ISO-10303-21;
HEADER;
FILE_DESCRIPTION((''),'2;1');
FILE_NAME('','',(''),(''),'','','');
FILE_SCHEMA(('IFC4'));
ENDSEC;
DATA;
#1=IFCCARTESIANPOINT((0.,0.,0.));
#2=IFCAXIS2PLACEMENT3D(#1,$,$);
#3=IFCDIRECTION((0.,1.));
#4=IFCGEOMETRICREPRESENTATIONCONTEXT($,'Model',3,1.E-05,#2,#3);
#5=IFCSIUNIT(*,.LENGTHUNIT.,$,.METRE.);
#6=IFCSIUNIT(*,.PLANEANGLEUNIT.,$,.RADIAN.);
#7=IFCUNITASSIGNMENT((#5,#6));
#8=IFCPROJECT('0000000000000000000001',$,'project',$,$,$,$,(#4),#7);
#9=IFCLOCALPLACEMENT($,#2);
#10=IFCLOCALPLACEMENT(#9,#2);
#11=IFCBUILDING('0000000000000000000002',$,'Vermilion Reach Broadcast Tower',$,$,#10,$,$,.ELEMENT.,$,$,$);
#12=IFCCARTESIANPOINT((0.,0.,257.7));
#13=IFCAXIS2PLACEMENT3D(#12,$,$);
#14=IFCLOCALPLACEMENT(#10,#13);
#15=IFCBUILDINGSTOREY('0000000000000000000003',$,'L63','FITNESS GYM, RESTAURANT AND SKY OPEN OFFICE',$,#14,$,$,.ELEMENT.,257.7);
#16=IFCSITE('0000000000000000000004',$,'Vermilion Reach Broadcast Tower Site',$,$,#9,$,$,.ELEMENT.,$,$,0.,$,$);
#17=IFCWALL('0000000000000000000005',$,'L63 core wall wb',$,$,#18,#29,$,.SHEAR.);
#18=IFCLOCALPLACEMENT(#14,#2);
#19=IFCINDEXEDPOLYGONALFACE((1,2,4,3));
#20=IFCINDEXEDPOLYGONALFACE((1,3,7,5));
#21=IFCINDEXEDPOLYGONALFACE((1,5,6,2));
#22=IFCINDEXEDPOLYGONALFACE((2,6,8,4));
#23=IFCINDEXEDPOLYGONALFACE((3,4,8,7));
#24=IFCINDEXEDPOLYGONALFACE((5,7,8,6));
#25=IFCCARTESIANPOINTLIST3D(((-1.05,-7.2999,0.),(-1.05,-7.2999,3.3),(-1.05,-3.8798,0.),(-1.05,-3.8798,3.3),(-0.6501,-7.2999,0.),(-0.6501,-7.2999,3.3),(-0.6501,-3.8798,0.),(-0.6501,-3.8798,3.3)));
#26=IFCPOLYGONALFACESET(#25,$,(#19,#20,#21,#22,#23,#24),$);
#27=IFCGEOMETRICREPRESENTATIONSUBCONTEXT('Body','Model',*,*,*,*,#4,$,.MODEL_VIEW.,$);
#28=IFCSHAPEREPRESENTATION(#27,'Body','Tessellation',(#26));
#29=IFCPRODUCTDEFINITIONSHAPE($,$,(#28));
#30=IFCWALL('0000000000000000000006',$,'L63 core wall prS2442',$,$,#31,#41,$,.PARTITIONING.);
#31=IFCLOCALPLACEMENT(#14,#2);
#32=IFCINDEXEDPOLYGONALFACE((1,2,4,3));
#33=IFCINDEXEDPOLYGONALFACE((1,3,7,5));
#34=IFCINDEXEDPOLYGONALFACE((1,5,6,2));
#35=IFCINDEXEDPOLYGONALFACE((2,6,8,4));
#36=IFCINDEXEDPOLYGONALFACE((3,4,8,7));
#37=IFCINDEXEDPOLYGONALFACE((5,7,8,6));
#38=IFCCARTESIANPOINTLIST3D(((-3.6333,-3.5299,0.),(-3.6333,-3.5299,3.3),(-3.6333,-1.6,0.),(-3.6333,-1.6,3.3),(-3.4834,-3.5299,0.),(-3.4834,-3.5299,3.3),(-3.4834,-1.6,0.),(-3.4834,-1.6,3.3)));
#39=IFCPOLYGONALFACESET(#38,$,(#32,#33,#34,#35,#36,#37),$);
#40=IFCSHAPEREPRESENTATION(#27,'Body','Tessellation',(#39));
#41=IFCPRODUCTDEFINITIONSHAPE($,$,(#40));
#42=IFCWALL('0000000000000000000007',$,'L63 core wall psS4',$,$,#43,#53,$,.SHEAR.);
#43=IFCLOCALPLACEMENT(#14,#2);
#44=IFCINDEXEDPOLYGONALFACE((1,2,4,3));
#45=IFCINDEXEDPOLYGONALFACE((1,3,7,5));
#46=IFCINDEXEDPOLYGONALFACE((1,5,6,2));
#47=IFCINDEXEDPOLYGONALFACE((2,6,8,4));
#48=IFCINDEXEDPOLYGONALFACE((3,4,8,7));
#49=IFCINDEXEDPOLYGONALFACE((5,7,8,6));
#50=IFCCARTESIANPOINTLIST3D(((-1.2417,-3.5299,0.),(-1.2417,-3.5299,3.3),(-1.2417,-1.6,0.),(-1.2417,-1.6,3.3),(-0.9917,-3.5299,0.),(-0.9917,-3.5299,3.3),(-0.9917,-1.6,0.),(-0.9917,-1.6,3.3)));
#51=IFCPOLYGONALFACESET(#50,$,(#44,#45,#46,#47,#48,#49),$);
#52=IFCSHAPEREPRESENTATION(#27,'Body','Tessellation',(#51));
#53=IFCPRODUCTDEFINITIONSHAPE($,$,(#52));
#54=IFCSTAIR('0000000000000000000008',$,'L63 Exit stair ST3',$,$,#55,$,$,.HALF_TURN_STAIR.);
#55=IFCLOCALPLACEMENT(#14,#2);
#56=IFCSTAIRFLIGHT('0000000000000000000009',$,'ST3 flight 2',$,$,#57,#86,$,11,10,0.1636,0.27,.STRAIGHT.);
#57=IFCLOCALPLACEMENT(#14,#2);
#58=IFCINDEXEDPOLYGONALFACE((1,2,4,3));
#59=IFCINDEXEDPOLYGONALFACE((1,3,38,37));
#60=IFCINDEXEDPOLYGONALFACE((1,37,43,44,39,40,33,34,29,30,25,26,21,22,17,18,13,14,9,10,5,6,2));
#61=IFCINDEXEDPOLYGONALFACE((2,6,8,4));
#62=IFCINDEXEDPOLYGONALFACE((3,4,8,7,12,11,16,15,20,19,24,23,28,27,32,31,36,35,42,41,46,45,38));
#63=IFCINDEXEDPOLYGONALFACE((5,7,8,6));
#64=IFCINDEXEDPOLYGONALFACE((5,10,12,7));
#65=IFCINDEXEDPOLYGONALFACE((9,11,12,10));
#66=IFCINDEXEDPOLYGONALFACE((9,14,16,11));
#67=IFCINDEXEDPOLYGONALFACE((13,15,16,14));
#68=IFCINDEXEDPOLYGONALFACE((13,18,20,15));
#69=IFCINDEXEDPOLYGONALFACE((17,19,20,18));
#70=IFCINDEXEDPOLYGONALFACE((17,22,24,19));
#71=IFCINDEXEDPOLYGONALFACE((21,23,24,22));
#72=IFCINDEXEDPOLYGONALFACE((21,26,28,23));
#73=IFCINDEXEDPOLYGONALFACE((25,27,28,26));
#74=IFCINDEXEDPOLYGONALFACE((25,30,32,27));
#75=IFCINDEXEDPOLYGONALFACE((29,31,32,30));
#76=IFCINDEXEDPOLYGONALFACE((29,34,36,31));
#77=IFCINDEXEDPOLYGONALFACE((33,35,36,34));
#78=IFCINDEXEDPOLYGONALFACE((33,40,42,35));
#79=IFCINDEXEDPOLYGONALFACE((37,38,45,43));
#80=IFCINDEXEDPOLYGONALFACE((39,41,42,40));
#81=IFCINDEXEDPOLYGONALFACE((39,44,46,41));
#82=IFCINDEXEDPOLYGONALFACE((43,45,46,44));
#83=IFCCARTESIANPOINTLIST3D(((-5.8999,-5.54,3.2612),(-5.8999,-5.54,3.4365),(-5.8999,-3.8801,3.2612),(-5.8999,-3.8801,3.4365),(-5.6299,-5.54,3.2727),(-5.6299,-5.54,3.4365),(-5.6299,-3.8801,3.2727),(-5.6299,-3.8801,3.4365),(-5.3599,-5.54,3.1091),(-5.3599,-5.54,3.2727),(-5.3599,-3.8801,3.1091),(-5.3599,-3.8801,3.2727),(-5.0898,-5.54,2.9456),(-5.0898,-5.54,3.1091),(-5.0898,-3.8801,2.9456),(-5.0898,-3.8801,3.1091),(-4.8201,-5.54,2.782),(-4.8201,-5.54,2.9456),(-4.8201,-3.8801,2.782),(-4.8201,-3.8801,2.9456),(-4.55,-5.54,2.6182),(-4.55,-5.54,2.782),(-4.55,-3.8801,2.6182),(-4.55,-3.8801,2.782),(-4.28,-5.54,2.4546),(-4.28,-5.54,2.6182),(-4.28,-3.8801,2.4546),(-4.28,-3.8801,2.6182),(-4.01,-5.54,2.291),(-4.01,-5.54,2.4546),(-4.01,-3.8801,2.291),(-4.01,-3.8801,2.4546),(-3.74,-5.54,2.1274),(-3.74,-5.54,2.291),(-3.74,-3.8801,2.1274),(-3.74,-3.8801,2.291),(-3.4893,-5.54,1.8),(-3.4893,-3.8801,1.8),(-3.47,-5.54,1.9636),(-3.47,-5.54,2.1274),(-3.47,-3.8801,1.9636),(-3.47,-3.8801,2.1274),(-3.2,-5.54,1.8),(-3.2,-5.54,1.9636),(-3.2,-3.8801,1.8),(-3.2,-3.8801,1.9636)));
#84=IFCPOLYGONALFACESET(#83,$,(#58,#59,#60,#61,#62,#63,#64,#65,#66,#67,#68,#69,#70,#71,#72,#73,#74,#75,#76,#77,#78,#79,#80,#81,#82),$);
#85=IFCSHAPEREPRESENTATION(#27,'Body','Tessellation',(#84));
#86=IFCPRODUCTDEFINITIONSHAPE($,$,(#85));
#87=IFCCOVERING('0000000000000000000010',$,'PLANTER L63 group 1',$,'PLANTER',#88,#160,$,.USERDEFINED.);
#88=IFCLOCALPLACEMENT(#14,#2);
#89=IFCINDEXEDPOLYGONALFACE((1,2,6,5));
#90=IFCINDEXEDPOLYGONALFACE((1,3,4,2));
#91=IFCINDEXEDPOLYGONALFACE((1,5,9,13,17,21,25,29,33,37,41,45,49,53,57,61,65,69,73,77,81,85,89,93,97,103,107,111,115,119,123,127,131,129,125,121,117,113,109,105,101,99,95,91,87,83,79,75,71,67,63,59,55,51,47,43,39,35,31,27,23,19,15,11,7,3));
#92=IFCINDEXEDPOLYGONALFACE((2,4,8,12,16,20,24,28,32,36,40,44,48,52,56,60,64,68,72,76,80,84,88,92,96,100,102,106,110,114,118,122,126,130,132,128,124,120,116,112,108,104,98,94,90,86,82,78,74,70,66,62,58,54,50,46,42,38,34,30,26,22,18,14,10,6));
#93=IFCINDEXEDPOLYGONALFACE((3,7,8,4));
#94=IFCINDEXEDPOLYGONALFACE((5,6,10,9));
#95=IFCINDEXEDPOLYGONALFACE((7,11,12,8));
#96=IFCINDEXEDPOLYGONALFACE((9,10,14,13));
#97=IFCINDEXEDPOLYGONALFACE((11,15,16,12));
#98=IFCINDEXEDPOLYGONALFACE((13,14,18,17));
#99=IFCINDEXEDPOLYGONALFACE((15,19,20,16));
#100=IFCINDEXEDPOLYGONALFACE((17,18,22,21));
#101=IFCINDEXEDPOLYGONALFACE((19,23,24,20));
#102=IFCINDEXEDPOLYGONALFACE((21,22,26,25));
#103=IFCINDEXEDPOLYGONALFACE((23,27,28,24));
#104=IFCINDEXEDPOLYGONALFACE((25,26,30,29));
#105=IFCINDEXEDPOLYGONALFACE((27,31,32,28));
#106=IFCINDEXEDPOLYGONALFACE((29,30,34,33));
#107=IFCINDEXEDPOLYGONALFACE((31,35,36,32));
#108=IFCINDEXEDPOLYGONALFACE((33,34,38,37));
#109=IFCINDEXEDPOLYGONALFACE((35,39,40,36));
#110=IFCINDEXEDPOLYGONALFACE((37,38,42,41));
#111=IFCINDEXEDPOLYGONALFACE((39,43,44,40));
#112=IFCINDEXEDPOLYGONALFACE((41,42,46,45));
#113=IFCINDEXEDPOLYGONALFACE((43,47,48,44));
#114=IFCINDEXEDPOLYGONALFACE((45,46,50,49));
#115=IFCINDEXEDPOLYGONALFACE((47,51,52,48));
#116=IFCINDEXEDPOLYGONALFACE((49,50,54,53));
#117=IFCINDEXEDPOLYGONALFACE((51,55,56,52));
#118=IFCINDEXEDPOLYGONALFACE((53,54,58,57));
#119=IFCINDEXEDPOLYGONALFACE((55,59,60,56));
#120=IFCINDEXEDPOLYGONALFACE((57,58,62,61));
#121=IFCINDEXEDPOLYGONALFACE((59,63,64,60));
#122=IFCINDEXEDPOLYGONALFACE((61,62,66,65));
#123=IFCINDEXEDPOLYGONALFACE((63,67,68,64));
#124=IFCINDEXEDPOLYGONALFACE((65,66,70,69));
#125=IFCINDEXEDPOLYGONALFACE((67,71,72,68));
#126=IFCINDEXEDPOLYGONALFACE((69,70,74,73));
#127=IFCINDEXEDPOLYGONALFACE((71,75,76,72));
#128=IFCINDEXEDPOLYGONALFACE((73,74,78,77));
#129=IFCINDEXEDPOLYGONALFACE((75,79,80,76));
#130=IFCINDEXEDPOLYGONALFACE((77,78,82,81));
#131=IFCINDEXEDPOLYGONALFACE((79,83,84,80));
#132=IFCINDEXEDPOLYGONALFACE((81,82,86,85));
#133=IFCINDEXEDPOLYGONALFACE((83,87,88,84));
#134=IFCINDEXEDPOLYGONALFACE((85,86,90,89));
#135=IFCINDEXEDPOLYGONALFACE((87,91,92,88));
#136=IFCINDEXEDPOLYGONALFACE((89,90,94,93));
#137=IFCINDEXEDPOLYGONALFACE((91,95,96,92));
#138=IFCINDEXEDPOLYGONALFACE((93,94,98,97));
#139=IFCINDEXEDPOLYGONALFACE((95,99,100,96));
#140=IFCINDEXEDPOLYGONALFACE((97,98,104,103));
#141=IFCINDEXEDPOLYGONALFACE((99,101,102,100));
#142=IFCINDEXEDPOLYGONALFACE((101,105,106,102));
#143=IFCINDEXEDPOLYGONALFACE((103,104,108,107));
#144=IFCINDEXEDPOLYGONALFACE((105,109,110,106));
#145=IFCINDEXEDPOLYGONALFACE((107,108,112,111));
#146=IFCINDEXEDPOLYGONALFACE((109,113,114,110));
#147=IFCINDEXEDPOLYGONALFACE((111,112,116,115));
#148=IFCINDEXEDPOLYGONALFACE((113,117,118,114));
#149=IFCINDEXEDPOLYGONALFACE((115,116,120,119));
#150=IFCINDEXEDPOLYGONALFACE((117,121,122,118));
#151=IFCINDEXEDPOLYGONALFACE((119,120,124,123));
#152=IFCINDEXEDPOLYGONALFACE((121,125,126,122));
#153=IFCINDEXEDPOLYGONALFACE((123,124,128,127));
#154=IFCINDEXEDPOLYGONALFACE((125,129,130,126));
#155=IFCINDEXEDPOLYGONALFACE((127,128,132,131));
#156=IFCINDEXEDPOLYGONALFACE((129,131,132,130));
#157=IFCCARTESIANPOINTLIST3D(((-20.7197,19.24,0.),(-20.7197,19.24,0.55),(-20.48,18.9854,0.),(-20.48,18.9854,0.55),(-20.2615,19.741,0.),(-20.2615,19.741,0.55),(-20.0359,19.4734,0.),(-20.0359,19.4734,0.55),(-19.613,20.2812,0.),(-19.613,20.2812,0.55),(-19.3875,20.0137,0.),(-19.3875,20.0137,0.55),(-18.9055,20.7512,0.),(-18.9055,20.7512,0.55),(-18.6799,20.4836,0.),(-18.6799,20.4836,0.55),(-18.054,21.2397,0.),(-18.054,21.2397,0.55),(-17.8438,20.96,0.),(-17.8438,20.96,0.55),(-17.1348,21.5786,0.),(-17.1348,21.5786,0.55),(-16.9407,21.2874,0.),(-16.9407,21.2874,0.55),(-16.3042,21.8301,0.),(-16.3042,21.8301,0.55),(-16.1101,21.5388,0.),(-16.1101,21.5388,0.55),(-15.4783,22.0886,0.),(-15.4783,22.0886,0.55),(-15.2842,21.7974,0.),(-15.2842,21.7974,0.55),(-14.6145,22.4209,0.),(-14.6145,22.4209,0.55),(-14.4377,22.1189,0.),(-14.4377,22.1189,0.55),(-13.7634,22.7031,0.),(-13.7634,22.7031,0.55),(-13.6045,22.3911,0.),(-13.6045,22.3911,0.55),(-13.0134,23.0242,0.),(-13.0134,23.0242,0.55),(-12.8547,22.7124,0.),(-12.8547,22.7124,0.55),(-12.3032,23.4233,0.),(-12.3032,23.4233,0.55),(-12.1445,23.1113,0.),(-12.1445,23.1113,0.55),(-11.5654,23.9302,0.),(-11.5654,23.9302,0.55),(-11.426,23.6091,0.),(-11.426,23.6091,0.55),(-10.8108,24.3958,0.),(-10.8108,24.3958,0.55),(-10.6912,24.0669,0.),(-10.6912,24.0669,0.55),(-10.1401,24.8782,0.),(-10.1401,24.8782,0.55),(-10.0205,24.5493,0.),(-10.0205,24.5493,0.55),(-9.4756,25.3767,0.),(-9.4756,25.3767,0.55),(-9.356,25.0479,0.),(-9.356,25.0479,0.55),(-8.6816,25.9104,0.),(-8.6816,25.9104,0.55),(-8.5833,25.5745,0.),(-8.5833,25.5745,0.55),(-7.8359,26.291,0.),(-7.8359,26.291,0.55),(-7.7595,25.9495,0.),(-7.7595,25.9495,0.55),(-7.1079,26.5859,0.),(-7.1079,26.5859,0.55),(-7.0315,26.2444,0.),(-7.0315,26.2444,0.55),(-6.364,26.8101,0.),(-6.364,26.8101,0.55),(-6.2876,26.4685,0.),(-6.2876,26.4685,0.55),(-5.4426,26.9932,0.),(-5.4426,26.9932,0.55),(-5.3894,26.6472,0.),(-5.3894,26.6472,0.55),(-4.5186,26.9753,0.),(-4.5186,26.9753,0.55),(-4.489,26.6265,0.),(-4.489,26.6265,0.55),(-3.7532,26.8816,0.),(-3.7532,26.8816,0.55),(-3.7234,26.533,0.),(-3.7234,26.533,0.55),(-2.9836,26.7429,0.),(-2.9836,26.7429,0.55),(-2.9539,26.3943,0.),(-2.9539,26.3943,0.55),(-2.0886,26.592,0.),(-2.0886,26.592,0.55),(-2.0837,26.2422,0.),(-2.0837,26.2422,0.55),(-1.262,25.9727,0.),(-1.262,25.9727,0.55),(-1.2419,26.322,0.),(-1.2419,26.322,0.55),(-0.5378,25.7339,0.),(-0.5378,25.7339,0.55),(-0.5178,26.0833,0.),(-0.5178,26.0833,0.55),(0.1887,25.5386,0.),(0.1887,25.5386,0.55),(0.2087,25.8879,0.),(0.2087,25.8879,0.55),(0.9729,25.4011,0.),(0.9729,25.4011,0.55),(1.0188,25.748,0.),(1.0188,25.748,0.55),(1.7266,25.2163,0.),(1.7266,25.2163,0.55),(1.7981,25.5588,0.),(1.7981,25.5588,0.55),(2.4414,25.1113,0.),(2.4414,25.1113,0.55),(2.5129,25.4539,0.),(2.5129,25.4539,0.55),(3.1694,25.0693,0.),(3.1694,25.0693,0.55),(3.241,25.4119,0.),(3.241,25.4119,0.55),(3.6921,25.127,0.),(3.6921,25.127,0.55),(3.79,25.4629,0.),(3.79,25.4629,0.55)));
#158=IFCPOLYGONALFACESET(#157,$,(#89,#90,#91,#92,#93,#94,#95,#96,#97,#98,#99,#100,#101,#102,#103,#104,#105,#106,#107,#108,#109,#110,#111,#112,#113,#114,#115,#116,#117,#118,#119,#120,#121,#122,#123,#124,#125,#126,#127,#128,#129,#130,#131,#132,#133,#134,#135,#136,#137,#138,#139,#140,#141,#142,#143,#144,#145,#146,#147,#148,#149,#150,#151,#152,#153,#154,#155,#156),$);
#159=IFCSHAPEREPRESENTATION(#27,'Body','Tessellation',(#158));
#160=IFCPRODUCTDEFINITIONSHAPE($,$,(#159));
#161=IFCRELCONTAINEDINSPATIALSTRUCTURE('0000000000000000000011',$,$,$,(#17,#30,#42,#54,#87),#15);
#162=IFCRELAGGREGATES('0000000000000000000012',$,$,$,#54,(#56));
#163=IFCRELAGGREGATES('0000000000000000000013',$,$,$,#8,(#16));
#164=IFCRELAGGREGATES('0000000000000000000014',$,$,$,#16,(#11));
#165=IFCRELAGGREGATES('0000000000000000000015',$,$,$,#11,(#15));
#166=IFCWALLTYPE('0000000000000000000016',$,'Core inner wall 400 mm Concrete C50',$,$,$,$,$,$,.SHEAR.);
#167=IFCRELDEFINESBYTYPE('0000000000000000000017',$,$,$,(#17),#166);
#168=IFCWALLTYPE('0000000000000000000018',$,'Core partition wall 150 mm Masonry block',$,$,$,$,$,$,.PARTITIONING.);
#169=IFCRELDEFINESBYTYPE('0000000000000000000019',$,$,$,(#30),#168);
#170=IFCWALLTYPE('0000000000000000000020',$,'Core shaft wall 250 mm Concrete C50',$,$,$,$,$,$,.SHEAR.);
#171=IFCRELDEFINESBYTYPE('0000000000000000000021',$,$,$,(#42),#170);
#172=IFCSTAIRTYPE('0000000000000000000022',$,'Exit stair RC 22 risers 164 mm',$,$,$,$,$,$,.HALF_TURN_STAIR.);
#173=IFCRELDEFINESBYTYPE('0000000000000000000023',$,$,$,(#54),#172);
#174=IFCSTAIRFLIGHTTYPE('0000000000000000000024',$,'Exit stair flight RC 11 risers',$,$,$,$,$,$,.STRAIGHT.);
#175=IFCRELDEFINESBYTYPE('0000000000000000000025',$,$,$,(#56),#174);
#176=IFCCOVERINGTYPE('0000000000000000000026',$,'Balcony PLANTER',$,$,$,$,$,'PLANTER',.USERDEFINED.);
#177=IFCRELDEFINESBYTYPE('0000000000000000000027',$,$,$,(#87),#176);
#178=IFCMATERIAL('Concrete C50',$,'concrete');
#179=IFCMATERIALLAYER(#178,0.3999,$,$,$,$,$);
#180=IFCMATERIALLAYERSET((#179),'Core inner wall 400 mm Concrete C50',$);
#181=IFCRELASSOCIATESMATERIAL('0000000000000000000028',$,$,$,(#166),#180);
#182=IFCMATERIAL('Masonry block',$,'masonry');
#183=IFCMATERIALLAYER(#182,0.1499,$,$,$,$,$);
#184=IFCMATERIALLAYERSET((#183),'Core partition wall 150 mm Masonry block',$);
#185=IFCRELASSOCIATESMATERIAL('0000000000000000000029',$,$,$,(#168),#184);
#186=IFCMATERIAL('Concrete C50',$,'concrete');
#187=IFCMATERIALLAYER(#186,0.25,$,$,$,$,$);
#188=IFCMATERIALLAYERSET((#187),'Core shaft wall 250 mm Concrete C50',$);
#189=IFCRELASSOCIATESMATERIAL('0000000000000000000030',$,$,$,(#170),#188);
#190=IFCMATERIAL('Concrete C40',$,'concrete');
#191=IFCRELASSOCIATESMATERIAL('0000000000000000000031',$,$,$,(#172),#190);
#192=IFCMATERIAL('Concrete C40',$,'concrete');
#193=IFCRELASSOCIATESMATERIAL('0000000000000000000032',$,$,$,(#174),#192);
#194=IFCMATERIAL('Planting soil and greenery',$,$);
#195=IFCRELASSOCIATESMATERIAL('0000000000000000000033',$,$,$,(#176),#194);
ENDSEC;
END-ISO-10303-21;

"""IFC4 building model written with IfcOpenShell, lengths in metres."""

from ifc_helpers import new_model, si_unit, direction, frame, frame_2d, origin, place, context, subcontext, project, spatial, polyline, rectangle, outline, extrude, material, layer, layer_set, type_object, element, aggregate, save


model = new_model("IFC4")

# Units and contexts
model_context = context("Model", 3, precision=1e-05, world=origin(), true_north=direction((0.0, 1.0)))
body_context = subcontext(model_context, "Body", "Model", "MODEL_VIEW")
ifc_project = project(units=[si_unit("LENGTHUNIT", "METRE"), si_unit("PLANEANGLEUNIT", "RADIAN")], contexts=[model_context])

# Site, building, storey
site_placement = place(None, origin())
site = spatial("IfcSite", under=ifc_project, at=site_placement, Name="Vermilion Reach Broadcast Tower Site", CompositionType="ELEMENT", RefElevation=0.0)
building_placement = place(site_placement, origin())
building = spatial("IfcBuilding", under=site, at=building_placement, Name="Vermilion Reach Broadcast Tower", CompositionType="ELEMENT")
storey_placement = place(building_placement, frame((0.0, 0.0, 257.7)))
storey = spatial("IfcBuildingStorey", under=building, at=storey_placement, Name="L63", Description="FITNESS GYM, RESTAURANT AND SKY OPEN OFFICE", CompositionType="ELEMENT", Elevation=257.7)

# Walls
ifc_material_1 = material(Name="Concrete C50", Category="concrete")
ifc_layer_1 = layer(ifc_material_1, 0.3999)
ifc_layer_set_1 = layer_set([ifc_layer_1], Name="Core inner wall 400 mm Concrete C50")
wall_type_1 = type_object("IfcWallType", Name="Core inner wall 400 mm Concrete C50", PredefinedType="SHEAR", material=ifc_layer_set_1)
wall_1_placement = place(storey_placement, frame((-0.8501, -3.8799, 0.0), z_axis=(0.0, 0.0, 1.0), x_axis=(0.0, -1.0, 0.0)))
element("IfcWall", 1, at=wall_1_placement, inside=storey, type_object=wall_type_1, Name="L63 core wall wb", PredefinedType="SHEAR", context=body_context, shape_type="SweptSolid", body=[
    extrude(rectangle(XDim=3.4202, YDim=0.3999, at=frame_2d((1.71, 0.0))), origin(), (0.0, 0.0, 1.0), 3.3),
])
ifc_material_2 = material(Name="Masonry block", Category="masonry")
ifc_layer_2 = layer(ifc_material_2, 0.1499)
ifc_layer_set_2 = layer_set([ifc_layer_2], Name="Core partition wall 150 mm Masonry block")
wall_type_2 = type_object("IfcWallType", Name="Core partition wall 150 mm Masonry block", PredefinedType="PARTITIONING", material=ifc_layer_set_2)
wall_2_placement = place(storey_placement, frame((-3.5583, -1.6001, 0.0), z_axis=(0.0, 0.0, 1.0), x_axis=(0.0, -1.0, 0.0)))
element("IfcWall", 2, at=wall_2_placement, inside=storey, type_object=wall_type_2, Name="L63 core wall prS2442", PredefinedType="PARTITIONING", context=body_context, shape_type="SweptSolid", body=[
    extrude(rectangle(XDim=1.9299, YDim=0.1499, at=frame_2d((0.9648, 0.0))), origin(), (0.0, 0.0, 1.0), 3.3),
])
ifc_material_3 = material(Name="Concrete C50", Category="concrete")
ifc_layer_3 = layer(ifc_material_3, 0.25)
ifc_layer_set_3 = layer_set([ifc_layer_3], Name="Core shaft wall 250 mm Concrete C50")
wall_type_3 = type_object("IfcWallType", Name="Core shaft wall 250 mm Concrete C50", PredefinedType="SHEAR", material=ifc_layer_set_3)
wall_3_placement = place(storey_placement, frame((-1.1167, -1.6001, 0.0), z_axis=(0.0, 0.0, 1.0), x_axis=(0.0, -1.0, 0.0)))
element("IfcWall", 3, at=wall_3_placement, inside=storey, type_object=wall_type_3, Name="L63 core wall psS4", PredefinedType="SHEAR", context=body_context, shape_type="SweptSolid", body=[
    extrude(rectangle(XDim=1.9299, YDim=0.25, at=frame_2d((0.9648, 0.0))), origin(), (0.0, 0.0, 1.0), 3.3),
])

# Stair, stair flight
ifc_material_4 = material(Name="Concrete C40", Category="concrete")
stair_type = type_object("IfcStairType", Name="Exit stair RC 22 risers 164 mm", PredefinedType="HALF_TURN_STAIR", material=ifc_material_4)
placement_1 = place(storey_placement, origin())
stair = element("IfcStair", 4, at=placement_1, inside=storey, type_object=stair_type, Name="L63 Exit stair ST3", PredefinedType="HALF_TURN_STAIR")
ifc_material_5 = material(Name="Concrete C40", Category="concrete")
stair_flight_type = type_object("IfcStairFlightType", Name="Exit stair flight RC 11 risers", PredefinedType="STRAIGHT", material=ifc_material_5)
stair_flight_placement = place(storey_placement, frame((-3.2, -4.71, 1.8), z_axis=(0.0, 0.0, 1.0), x_axis=(-1.0, 0.0, 0.0)))
stair_flight = element("IfcStairFlight", 5, at=stair_flight_placement, type_object=stair_flight_type, Name="ST3 flight 2", NumberOfRisers=11, NumberOfTreads=10, PredefinedType="STRAIGHT", RiserHeight=0.1636, TreadLength=0.27, context=body_context, shape_type="SweptSolid", body=[
    extrude(outline(polyline([(0.0, 0.0), (0.0, 0.1636), (0.27, 0.1636), (0.27, 0.3274), (0.54, 0.3274), (0.54, 0.491), (0.8101, 0.491), (0.8101, 0.6545), (1.0801, 0.6545), (1.0801, 0.8181), (1.3501, 0.8181), (1.3501, 0.9819), (1.6201, 0.9819), (1.6201, 1.1455), (1.8899, 1.1455), (1.8899, 1.3091), (2.1599, 1.3091), (2.1599, 1.4727), (2.4299, 1.4727), (2.4299, 1.6365), (2.7, 1.6365), (2.7, 1.8), (2.7, 1.4612), (0.2893, 0.0), (0.0, 0.0)])), frame((0.0, 0.8301, 0.0), z_axis=(0.0, -1.0, 0.0), x_axis=(1.0, 0.0, 0.0)), (0.0, 0.0, 1.0), 1.6599),
])
aggregate(stair, [stair_flight])

# Covering
ifc_material_6 = material(Name="Planting soil and greenery")
covering_type = type_object("IfcCoveringType", Name="Balcony PLANTER", ElementType="PLANTER", PredefinedType="USERDEFINED", material=ifc_material_6)
element("IfcCovering", 6, at=placement_1, inside=storey, type_object=covering_type, Name="PLANTER L63 group 1", ObjectType="PLANTER", PredefinedType="USERDEFINED", context=body_context, shape_type="SweptSolid", body=[
    extrude(outline(polyline([(3.79, 25.4629), (3.241, 25.4119), (2.5129, 25.4539), (1.7981, 25.5588), (1.0188, 25.748), (0.2087, 25.8879), (-0.5178, 26.0833), (-1.2419, 26.322), (-2.0886, 26.592), (-2.9836, 26.7429), (-3.7532, 26.8816), (-4.5186, 26.9753), (-5.4426, 26.9932), (-6.364, 26.8101), (-7.1079, 26.5859), (-7.8359, 26.291), (-8.6816, 25.9104), (-9.4756, 25.3767), (-10.1401, 24.8782), (-10.8108, 24.3958), (-11.5654, 23.9302), (-12.3032, 23.4233), (-13.0134, 23.0242), (-13.7634, 22.7031), (-14.6145, 22.4209), (-15.4783, 22.0886), (-16.3042, 21.8301), (-17.1348, 21.5786), (-18.054, 21.2397), (-18.9055, 20.7512), (-19.613, 20.2812), (-20.2615, 19.741), (-20.7197, 19.24), (-20.48, 18.9854), (-20.0359, 19.4734), (-19.3875, 20.0137), (-18.6799, 20.4836), (-17.8438, 20.96), (-16.9407, 21.2874), (-16.1101, 21.5388), (-15.2842, 21.7974), (-14.4377, 22.1189), (-13.6045, 22.3911), (-12.8547, 22.7124), (-12.1445, 23.1113), (-11.426, 23.6091), (-10.6912, 24.0669), (-10.0205, 24.5493), (-9.356, 25.0479), (-8.5833, 25.5745), (-7.7595, 25.9495), (-7.0315, 26.2444), (-6.2876, 26.4685), (-5.3894, 26.6472), (-4.489, 26.6265), (-3.7234, 26.533), (-2.9539, 26.3943), (-2.0837, 26.2422), (-1.262, 25.9727), (-0.5378, 25.7339), (0.1887, 25.5386), (0.9729, 25.4011), (1.7266, 25.2163), (2.4414, 25.1113), (3.1694, 25.0693), (3.6921, 25.127), (3.79, 25.4629)])), origin(), (0.0, 0.0, 1.0), 0.55),
])

save(model, "model.ifc")
